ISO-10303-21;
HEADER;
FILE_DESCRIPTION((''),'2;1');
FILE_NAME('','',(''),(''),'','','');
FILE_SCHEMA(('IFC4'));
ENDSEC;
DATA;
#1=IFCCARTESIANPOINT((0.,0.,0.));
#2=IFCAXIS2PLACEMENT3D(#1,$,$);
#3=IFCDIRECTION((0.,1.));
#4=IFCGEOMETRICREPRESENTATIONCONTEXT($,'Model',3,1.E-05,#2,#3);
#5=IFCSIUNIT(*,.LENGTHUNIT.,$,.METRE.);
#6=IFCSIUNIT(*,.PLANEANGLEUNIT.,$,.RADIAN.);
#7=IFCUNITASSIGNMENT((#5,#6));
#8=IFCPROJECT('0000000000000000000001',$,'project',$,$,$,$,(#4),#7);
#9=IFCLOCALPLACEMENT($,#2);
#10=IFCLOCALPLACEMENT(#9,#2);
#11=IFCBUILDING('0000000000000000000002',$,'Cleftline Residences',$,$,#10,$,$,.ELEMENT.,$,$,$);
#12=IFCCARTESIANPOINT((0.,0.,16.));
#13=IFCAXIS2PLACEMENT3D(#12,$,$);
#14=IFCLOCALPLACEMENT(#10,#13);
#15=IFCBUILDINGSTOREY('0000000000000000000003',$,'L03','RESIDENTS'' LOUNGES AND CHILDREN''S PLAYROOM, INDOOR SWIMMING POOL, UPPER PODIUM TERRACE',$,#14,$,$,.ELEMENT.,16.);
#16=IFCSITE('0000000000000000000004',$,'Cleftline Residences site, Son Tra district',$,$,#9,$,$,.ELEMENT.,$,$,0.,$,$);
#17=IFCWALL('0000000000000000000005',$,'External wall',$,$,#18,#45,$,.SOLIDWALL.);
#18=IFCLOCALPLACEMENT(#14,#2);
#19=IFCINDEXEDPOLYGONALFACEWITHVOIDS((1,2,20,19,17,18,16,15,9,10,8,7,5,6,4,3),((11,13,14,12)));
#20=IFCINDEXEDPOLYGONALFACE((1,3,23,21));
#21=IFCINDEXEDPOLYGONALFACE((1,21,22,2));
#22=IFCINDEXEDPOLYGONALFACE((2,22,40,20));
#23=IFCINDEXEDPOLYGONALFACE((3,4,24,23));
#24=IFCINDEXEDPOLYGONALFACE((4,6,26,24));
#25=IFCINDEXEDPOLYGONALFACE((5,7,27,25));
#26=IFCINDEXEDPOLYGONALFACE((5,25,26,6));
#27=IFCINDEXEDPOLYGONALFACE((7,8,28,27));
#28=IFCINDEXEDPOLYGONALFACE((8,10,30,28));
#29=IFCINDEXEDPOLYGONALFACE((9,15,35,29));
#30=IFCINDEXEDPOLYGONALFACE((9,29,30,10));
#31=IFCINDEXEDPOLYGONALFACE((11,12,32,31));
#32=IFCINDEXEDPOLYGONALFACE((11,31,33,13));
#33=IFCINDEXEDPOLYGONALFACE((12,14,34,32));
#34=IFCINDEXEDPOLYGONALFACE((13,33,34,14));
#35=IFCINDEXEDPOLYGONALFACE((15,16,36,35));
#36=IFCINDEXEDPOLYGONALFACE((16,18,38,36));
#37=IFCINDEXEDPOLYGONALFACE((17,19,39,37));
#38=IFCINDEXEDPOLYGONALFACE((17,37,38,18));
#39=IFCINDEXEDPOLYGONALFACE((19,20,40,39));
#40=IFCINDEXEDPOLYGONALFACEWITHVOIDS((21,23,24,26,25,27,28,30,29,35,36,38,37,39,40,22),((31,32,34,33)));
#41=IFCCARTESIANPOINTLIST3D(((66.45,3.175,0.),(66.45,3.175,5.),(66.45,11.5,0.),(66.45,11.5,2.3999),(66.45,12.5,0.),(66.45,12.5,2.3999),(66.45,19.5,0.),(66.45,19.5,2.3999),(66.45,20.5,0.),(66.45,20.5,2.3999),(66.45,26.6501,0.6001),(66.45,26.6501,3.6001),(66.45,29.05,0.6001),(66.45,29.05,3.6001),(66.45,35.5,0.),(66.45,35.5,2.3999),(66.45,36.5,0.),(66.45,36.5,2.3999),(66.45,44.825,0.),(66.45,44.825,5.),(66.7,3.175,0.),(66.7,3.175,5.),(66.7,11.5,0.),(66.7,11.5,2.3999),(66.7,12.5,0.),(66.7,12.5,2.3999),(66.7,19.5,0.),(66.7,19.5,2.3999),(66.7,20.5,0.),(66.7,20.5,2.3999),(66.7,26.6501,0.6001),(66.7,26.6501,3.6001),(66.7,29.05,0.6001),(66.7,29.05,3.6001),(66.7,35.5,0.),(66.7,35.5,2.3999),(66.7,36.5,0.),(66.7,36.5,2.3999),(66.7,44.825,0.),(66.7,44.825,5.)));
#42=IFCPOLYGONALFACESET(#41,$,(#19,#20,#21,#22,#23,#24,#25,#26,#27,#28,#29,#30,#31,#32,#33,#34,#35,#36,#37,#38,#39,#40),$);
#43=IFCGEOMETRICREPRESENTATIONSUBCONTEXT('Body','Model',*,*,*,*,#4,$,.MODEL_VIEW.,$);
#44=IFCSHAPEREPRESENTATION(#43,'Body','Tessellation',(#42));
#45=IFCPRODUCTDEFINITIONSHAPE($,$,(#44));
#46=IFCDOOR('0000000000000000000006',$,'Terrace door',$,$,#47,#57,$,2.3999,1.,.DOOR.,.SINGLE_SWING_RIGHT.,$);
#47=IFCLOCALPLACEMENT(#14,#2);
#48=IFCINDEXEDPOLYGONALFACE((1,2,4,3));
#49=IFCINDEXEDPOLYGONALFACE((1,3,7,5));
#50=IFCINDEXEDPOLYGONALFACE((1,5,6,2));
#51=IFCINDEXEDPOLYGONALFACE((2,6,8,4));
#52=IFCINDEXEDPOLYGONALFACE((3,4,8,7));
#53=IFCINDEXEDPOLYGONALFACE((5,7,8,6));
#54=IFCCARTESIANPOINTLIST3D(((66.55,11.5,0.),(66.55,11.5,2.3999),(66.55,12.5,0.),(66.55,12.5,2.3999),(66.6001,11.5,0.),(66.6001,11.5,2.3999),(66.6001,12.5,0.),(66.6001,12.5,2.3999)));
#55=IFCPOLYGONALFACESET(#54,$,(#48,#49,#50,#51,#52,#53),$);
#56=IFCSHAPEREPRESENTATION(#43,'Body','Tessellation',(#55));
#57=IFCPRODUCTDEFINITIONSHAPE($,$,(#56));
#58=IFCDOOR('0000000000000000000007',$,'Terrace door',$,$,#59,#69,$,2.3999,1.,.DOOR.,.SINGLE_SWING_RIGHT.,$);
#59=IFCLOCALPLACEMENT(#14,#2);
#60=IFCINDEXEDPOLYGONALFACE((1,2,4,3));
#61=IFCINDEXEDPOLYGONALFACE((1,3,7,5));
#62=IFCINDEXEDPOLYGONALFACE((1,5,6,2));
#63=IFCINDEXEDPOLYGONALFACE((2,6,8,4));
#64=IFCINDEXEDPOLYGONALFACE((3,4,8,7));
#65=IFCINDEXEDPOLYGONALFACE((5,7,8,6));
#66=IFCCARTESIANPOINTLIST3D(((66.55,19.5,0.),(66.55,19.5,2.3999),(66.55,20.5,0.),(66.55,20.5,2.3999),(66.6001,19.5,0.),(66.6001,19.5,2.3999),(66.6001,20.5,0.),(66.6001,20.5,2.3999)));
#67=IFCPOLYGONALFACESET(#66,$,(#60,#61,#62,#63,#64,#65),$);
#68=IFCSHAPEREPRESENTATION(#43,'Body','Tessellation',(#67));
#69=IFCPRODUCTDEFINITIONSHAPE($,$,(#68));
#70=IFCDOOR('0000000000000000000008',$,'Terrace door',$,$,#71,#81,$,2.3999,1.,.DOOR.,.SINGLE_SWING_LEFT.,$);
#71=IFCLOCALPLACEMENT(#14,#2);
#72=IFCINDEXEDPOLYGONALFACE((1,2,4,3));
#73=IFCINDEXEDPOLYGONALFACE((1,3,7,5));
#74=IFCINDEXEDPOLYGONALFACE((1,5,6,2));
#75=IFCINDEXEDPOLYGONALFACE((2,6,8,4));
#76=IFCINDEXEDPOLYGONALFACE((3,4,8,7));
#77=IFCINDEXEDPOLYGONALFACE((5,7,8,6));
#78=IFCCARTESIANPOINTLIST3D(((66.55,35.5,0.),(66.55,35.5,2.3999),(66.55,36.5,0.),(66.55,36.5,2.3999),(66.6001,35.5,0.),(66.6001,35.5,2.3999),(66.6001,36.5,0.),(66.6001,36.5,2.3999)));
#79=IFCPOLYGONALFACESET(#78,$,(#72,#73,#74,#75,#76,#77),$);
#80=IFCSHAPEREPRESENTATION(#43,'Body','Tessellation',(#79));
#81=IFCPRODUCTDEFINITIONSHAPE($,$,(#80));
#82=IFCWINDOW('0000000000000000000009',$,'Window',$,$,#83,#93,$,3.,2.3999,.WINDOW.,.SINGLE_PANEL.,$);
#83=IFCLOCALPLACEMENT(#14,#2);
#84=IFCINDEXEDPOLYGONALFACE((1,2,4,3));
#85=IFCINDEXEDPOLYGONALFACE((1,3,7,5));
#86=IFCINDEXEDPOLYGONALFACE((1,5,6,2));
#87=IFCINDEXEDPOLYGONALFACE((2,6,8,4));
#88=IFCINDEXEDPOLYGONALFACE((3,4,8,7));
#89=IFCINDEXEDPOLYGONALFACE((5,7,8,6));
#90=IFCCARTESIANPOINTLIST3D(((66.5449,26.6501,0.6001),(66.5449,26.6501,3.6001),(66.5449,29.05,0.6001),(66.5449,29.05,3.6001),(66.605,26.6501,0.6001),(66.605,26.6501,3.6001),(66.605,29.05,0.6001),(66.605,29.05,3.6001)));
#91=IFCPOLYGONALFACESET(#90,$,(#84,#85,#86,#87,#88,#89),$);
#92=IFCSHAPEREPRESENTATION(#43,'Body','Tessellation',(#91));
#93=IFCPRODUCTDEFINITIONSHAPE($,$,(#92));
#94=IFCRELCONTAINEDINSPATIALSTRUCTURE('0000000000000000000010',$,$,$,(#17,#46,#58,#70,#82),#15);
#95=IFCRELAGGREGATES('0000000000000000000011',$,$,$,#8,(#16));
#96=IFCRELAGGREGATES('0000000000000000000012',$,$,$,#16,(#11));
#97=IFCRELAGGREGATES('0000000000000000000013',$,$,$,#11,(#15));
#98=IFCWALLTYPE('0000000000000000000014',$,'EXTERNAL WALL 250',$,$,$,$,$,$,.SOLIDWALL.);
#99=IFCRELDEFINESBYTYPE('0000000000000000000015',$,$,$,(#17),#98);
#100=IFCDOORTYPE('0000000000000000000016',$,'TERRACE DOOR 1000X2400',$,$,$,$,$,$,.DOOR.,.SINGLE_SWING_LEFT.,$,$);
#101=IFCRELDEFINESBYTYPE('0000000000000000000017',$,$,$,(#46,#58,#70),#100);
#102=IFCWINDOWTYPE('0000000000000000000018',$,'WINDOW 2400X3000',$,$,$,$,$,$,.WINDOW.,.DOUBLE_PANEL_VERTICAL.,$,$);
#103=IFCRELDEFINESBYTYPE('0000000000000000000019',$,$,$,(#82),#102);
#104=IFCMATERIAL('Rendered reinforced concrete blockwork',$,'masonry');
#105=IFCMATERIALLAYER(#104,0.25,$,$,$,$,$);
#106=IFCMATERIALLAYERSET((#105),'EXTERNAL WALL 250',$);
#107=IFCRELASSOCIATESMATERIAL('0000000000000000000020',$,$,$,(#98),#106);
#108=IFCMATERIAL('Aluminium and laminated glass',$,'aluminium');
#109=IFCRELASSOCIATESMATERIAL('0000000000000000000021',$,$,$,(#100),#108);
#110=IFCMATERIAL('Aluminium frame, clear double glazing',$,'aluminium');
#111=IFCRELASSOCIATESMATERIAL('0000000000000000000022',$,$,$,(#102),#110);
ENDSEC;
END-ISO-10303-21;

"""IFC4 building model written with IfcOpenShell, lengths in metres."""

from ifc_helpers import new_model, si_unit, direction, frame, frame_2d, origin, place, context, subcontext, project, spatial, rectangle, extrude, material, layer, layer_set, type_object, element, fill, save


model = new_model("IFC4")

# Units and contexts
model_context = context("Model", 3, precision=1e-05, world=origin(), true_north=direction((0.0, 1.0)))
body_context = subcontext(model_context, "Body", "Model", "MODEL_VIEW")
ifc_project = project(units=[si_unit("LENGTHUNIT", "METRE"), si_unit("PLANEANGLEUNIT", "RADIAN")], contexts=[model_context])

# Site, building, storey
site_placement = place(None, origin())
site = spatial("IfcSite", under=ifc_project, at=site_placement, Name="Cleftline Residences site, Son Tra district", CompositionType="ELEMENT", RefElevation=0.0)
building_placement = place(site_placement, origin())
building = spatial("IfcBuilding", under=site, at=building_placement, Name="Cleftline Residences", CompositionType="ELEMENT")
storey_placement = place(building_placement, frame((0.0, 0.0, 16.0)))
storey = spatial("IfcBuildingStorey", under=building, at=storey_placement, Name="L03", Description="RESIDENTS' LOUNGES AND CHILDREN'S PLAYROOM, INDOOR SWIMMING POOL, UPPER PODIUM TERRACE", CompositionType="ELEMENT", Elevation=16.0)

# Shared definitions
ifc_material_1 = material(Name="Rendered reinforced concrete blockwork", Category="masonry")
ifc_layer = layer(ifc_material_1, 0.25)
ifc_layer_set = layer_set([ifc_layer], Name="EXTERNAL WALL 250")
wall_type = type_object("IfcWallType", Name="EXTERNAL WALL 250", PredefinedType="SOLIDWALL", material=ifc_layer_set)
ifc_material_2 = material(Name="Aluminium and laminated glass", Category="aluminium")
door_type = type_object("IfcDoorType", Name="TERRACE DOOR 1000X2400", OperationType="SINGLE_SWING_LEFT", PredefinedType="DOOR", material=ifc_material_2)

# Wall, openings, doors, window
wall_1_placement = place(storey_placement, frame((66.575, 3.175, 0.0), z_axis=(0.0, 0.0, 1.0), x_axis=(0.0, 1.0, 0.0)))
wall_1 = element("IfcWall", 1, at=wall_1_placement, inside=storey, type_object=wall_type, Name="External wall", PredefinedType="SOLIDWALL", context=body_context, shape_type="SweptSolid", body=[
    extrude(rectangle(XDim=41.6499, YDim=0.25, at=frame_2d((20.825, 0.0))), origin(), (0.0, 0.0, 1.0), 5.0),
])
opening_1_placement = place(wall_1_placement, frame((8.325, 0.0, 0.0)))
opening_1 = element("IfcOpeningElement", 2, at=opening_1_placement, cuts=wall_1, PredefinedType="OPENING", context=body_context, shape_type="SweptSolid", body=[
    extrude(rectangle(XDim=1.0, YDim=2.3999, at=frame_2d((0.5, 1.2))), frame((0.0, 0.135, 0.0), z_axis=(0.0, -1.0, 0.0), x_axis=(1.0, 0.0, 0.0)), (0.0, 0.0, 1.0), 0.27),
])
opening_2_placement = place(wall_1_placement, frame((16.325, 0.0, 0.0)))
opening_2 = element("IfcOpeningElement", 3, at=opening_2_placement, cuts=wall_1, PredefinedType="OPENING", context=body_context, shape_type="SweptSolid", body=[
    extrude(rectangle(XDim=1.0, YDim=2.3999, at=frame_2d((0.5, 1.2))), frame((0.0, 0.135, 0.0), z_axis=(0.0, -1.0, 0.0), x_axis=(1.0, 0.0, 0.0)), (0.0, 0.0, 1.0), 0.27),
])
opening_3_placement = place(wall_1_placement, frame((23.4751, 0.0, 0.6001)))
opening_3 = element("IfcOpeningElement", 4, at=opening_3_placement, cuts=wall_1, PredefinedType="OPENING", context=body_context, shape_type="SweptSolid", body=[
    extrude(rectangle(XDim=2.3999, YDim=3.0, at=frame_2d((1.2, 1.5))), frame((0.0, 0.135, 0.0), z_axis=(0.0, -1.0, 0.0), x_axis=(1.0, 0.0, 0.0)), (0.0, 0.0, 1.0), 0.27),
])
opening_4_placement = place(wall_1_placement, frame((32.325, 0.0, 0.0)))
opening_4 = element("IfcOpeningElement", 5, at=opening_4_placement, cuts=wall_1, PredefinedType="OPENING", context=body_context, shape_type="SweptSolid", body=[
    extrude(rectangle(XDim=1.0, YDim=2.3999, at=frame_2d((0.5, 1.2))), frame((0.0, 0.135, 0.0), z_axis=(0.0, -1.0, 0.0), x_axis=(1.0, 0.0, 0.0)), (0.0, 0.0, 1.0), 0.27),
])
door_1_placement = place(opening_1_placement, origin())
door_1 = element("IfcDoor", 6, at=door_1_placement, inside=storey, type_object=door_type, Name="Terrace door", OperationType="SINGLE_SWING_RIGHT", OverallHeight=2.3999, OverallWidth=1.0, PredefinedType="DOOR", context=body_context, shape_type="SweptSolid", body=[
    extrude(rectangle(XDim=1.0, YDim=2.3999, at=frame_2d((0.5, 1.2))), frame((0.0, 0.0249, 0.0), z_axis=(0.0, -1.0, 0.0), x_axis=(1.0, 0.0, 0.0)), (0.0, 0.0, 1.0), 0.05),
])
fill(opening_1, door_1)
door_2_placement = place(opening_2_placement, origin())
door_2 = element("IfcDoor", 7, at=door_2_placement, inside=storey, type_object=door_type, Name="Terrace door", OperationType="SINGLE_SWING_RIGHT", OverallHeight=2.3999, OverallWidth=1.0, PredefinedType="DOOR", context=body_context, shape_type="SweptSolid", body=[
    extrude(rectangle(XDim=1.0, YDim=2.3999, at=frame_2d((0.5, 1.2))), frame((0.0, 0.0249, 0.0), z_axis=(0.0, -1.0, 0.0), x_axis=(1.0, 0.0, 0.0)), (0.0, 0.0, 1.0), 0.05),
])
fill(opening_2, door_2)
door_3_placement = place(opening_4_placement, origin())
door_3 = element("IfcDoor", 8, at=door_3_placement, inside=storey, type_object=door_type, Name="Terrace door", OperationType="SINGLE_SWING_LEFT", OverallHeight=2.3999, OverallWidth=1.0, PredefinedType="DOOR", context=body_context, shape_type="SweptSolid", body=[
    extrude(rectangle(XDim=1.0, YDim=2.3999, at=frame_2d((0.5, 1.2))), frame((0.0, 0.0249, 0.0), z_axis=(0.0, -1.0, 0.0), x_axis=(1.0, 0.0, 0.0)), (0.0, 0.0, 1.0), 0.05),
])
fill(opening_4, door_3)
ifc_material_3 = material(Name="Aluminium frame, clear double glazing", Category="aluminium")
window_type_1 = type_object("IfcWindowType", Name="WINDOW 2400X3000", PartitioningType="DOUBLE_PANEL_VERTICAL", PredefinedType="WINDOW", material=ifc_material_3)
window_1_placement = place(opening_3_placement, origin())
window_1 = element("IfcWindow", 9, at=window_1_placement, inside=storey, type_object=window_type_1, Name="Window", OverallHeight=3.0, OverallWidth=2.3999, PartitioningType="SINGLE_PANEL", PredefinedType="WINDOW", context=body_context, shape_type="SweptSolid", body=[
    extrude(rectangle(XDim=2.3999, YDim=3.0, at=frame_2d((1.2, 1.5))), frame((0.0, 0.03, 0.0), z_axis=(0.0, -1.0, 0.0), x_axis=(1.0, 0.0, 0.0)), (0.0, 0.0, 1.0), 0.0601),
])
fill(opening_3, window_1)

save(model, "model.ifc")
